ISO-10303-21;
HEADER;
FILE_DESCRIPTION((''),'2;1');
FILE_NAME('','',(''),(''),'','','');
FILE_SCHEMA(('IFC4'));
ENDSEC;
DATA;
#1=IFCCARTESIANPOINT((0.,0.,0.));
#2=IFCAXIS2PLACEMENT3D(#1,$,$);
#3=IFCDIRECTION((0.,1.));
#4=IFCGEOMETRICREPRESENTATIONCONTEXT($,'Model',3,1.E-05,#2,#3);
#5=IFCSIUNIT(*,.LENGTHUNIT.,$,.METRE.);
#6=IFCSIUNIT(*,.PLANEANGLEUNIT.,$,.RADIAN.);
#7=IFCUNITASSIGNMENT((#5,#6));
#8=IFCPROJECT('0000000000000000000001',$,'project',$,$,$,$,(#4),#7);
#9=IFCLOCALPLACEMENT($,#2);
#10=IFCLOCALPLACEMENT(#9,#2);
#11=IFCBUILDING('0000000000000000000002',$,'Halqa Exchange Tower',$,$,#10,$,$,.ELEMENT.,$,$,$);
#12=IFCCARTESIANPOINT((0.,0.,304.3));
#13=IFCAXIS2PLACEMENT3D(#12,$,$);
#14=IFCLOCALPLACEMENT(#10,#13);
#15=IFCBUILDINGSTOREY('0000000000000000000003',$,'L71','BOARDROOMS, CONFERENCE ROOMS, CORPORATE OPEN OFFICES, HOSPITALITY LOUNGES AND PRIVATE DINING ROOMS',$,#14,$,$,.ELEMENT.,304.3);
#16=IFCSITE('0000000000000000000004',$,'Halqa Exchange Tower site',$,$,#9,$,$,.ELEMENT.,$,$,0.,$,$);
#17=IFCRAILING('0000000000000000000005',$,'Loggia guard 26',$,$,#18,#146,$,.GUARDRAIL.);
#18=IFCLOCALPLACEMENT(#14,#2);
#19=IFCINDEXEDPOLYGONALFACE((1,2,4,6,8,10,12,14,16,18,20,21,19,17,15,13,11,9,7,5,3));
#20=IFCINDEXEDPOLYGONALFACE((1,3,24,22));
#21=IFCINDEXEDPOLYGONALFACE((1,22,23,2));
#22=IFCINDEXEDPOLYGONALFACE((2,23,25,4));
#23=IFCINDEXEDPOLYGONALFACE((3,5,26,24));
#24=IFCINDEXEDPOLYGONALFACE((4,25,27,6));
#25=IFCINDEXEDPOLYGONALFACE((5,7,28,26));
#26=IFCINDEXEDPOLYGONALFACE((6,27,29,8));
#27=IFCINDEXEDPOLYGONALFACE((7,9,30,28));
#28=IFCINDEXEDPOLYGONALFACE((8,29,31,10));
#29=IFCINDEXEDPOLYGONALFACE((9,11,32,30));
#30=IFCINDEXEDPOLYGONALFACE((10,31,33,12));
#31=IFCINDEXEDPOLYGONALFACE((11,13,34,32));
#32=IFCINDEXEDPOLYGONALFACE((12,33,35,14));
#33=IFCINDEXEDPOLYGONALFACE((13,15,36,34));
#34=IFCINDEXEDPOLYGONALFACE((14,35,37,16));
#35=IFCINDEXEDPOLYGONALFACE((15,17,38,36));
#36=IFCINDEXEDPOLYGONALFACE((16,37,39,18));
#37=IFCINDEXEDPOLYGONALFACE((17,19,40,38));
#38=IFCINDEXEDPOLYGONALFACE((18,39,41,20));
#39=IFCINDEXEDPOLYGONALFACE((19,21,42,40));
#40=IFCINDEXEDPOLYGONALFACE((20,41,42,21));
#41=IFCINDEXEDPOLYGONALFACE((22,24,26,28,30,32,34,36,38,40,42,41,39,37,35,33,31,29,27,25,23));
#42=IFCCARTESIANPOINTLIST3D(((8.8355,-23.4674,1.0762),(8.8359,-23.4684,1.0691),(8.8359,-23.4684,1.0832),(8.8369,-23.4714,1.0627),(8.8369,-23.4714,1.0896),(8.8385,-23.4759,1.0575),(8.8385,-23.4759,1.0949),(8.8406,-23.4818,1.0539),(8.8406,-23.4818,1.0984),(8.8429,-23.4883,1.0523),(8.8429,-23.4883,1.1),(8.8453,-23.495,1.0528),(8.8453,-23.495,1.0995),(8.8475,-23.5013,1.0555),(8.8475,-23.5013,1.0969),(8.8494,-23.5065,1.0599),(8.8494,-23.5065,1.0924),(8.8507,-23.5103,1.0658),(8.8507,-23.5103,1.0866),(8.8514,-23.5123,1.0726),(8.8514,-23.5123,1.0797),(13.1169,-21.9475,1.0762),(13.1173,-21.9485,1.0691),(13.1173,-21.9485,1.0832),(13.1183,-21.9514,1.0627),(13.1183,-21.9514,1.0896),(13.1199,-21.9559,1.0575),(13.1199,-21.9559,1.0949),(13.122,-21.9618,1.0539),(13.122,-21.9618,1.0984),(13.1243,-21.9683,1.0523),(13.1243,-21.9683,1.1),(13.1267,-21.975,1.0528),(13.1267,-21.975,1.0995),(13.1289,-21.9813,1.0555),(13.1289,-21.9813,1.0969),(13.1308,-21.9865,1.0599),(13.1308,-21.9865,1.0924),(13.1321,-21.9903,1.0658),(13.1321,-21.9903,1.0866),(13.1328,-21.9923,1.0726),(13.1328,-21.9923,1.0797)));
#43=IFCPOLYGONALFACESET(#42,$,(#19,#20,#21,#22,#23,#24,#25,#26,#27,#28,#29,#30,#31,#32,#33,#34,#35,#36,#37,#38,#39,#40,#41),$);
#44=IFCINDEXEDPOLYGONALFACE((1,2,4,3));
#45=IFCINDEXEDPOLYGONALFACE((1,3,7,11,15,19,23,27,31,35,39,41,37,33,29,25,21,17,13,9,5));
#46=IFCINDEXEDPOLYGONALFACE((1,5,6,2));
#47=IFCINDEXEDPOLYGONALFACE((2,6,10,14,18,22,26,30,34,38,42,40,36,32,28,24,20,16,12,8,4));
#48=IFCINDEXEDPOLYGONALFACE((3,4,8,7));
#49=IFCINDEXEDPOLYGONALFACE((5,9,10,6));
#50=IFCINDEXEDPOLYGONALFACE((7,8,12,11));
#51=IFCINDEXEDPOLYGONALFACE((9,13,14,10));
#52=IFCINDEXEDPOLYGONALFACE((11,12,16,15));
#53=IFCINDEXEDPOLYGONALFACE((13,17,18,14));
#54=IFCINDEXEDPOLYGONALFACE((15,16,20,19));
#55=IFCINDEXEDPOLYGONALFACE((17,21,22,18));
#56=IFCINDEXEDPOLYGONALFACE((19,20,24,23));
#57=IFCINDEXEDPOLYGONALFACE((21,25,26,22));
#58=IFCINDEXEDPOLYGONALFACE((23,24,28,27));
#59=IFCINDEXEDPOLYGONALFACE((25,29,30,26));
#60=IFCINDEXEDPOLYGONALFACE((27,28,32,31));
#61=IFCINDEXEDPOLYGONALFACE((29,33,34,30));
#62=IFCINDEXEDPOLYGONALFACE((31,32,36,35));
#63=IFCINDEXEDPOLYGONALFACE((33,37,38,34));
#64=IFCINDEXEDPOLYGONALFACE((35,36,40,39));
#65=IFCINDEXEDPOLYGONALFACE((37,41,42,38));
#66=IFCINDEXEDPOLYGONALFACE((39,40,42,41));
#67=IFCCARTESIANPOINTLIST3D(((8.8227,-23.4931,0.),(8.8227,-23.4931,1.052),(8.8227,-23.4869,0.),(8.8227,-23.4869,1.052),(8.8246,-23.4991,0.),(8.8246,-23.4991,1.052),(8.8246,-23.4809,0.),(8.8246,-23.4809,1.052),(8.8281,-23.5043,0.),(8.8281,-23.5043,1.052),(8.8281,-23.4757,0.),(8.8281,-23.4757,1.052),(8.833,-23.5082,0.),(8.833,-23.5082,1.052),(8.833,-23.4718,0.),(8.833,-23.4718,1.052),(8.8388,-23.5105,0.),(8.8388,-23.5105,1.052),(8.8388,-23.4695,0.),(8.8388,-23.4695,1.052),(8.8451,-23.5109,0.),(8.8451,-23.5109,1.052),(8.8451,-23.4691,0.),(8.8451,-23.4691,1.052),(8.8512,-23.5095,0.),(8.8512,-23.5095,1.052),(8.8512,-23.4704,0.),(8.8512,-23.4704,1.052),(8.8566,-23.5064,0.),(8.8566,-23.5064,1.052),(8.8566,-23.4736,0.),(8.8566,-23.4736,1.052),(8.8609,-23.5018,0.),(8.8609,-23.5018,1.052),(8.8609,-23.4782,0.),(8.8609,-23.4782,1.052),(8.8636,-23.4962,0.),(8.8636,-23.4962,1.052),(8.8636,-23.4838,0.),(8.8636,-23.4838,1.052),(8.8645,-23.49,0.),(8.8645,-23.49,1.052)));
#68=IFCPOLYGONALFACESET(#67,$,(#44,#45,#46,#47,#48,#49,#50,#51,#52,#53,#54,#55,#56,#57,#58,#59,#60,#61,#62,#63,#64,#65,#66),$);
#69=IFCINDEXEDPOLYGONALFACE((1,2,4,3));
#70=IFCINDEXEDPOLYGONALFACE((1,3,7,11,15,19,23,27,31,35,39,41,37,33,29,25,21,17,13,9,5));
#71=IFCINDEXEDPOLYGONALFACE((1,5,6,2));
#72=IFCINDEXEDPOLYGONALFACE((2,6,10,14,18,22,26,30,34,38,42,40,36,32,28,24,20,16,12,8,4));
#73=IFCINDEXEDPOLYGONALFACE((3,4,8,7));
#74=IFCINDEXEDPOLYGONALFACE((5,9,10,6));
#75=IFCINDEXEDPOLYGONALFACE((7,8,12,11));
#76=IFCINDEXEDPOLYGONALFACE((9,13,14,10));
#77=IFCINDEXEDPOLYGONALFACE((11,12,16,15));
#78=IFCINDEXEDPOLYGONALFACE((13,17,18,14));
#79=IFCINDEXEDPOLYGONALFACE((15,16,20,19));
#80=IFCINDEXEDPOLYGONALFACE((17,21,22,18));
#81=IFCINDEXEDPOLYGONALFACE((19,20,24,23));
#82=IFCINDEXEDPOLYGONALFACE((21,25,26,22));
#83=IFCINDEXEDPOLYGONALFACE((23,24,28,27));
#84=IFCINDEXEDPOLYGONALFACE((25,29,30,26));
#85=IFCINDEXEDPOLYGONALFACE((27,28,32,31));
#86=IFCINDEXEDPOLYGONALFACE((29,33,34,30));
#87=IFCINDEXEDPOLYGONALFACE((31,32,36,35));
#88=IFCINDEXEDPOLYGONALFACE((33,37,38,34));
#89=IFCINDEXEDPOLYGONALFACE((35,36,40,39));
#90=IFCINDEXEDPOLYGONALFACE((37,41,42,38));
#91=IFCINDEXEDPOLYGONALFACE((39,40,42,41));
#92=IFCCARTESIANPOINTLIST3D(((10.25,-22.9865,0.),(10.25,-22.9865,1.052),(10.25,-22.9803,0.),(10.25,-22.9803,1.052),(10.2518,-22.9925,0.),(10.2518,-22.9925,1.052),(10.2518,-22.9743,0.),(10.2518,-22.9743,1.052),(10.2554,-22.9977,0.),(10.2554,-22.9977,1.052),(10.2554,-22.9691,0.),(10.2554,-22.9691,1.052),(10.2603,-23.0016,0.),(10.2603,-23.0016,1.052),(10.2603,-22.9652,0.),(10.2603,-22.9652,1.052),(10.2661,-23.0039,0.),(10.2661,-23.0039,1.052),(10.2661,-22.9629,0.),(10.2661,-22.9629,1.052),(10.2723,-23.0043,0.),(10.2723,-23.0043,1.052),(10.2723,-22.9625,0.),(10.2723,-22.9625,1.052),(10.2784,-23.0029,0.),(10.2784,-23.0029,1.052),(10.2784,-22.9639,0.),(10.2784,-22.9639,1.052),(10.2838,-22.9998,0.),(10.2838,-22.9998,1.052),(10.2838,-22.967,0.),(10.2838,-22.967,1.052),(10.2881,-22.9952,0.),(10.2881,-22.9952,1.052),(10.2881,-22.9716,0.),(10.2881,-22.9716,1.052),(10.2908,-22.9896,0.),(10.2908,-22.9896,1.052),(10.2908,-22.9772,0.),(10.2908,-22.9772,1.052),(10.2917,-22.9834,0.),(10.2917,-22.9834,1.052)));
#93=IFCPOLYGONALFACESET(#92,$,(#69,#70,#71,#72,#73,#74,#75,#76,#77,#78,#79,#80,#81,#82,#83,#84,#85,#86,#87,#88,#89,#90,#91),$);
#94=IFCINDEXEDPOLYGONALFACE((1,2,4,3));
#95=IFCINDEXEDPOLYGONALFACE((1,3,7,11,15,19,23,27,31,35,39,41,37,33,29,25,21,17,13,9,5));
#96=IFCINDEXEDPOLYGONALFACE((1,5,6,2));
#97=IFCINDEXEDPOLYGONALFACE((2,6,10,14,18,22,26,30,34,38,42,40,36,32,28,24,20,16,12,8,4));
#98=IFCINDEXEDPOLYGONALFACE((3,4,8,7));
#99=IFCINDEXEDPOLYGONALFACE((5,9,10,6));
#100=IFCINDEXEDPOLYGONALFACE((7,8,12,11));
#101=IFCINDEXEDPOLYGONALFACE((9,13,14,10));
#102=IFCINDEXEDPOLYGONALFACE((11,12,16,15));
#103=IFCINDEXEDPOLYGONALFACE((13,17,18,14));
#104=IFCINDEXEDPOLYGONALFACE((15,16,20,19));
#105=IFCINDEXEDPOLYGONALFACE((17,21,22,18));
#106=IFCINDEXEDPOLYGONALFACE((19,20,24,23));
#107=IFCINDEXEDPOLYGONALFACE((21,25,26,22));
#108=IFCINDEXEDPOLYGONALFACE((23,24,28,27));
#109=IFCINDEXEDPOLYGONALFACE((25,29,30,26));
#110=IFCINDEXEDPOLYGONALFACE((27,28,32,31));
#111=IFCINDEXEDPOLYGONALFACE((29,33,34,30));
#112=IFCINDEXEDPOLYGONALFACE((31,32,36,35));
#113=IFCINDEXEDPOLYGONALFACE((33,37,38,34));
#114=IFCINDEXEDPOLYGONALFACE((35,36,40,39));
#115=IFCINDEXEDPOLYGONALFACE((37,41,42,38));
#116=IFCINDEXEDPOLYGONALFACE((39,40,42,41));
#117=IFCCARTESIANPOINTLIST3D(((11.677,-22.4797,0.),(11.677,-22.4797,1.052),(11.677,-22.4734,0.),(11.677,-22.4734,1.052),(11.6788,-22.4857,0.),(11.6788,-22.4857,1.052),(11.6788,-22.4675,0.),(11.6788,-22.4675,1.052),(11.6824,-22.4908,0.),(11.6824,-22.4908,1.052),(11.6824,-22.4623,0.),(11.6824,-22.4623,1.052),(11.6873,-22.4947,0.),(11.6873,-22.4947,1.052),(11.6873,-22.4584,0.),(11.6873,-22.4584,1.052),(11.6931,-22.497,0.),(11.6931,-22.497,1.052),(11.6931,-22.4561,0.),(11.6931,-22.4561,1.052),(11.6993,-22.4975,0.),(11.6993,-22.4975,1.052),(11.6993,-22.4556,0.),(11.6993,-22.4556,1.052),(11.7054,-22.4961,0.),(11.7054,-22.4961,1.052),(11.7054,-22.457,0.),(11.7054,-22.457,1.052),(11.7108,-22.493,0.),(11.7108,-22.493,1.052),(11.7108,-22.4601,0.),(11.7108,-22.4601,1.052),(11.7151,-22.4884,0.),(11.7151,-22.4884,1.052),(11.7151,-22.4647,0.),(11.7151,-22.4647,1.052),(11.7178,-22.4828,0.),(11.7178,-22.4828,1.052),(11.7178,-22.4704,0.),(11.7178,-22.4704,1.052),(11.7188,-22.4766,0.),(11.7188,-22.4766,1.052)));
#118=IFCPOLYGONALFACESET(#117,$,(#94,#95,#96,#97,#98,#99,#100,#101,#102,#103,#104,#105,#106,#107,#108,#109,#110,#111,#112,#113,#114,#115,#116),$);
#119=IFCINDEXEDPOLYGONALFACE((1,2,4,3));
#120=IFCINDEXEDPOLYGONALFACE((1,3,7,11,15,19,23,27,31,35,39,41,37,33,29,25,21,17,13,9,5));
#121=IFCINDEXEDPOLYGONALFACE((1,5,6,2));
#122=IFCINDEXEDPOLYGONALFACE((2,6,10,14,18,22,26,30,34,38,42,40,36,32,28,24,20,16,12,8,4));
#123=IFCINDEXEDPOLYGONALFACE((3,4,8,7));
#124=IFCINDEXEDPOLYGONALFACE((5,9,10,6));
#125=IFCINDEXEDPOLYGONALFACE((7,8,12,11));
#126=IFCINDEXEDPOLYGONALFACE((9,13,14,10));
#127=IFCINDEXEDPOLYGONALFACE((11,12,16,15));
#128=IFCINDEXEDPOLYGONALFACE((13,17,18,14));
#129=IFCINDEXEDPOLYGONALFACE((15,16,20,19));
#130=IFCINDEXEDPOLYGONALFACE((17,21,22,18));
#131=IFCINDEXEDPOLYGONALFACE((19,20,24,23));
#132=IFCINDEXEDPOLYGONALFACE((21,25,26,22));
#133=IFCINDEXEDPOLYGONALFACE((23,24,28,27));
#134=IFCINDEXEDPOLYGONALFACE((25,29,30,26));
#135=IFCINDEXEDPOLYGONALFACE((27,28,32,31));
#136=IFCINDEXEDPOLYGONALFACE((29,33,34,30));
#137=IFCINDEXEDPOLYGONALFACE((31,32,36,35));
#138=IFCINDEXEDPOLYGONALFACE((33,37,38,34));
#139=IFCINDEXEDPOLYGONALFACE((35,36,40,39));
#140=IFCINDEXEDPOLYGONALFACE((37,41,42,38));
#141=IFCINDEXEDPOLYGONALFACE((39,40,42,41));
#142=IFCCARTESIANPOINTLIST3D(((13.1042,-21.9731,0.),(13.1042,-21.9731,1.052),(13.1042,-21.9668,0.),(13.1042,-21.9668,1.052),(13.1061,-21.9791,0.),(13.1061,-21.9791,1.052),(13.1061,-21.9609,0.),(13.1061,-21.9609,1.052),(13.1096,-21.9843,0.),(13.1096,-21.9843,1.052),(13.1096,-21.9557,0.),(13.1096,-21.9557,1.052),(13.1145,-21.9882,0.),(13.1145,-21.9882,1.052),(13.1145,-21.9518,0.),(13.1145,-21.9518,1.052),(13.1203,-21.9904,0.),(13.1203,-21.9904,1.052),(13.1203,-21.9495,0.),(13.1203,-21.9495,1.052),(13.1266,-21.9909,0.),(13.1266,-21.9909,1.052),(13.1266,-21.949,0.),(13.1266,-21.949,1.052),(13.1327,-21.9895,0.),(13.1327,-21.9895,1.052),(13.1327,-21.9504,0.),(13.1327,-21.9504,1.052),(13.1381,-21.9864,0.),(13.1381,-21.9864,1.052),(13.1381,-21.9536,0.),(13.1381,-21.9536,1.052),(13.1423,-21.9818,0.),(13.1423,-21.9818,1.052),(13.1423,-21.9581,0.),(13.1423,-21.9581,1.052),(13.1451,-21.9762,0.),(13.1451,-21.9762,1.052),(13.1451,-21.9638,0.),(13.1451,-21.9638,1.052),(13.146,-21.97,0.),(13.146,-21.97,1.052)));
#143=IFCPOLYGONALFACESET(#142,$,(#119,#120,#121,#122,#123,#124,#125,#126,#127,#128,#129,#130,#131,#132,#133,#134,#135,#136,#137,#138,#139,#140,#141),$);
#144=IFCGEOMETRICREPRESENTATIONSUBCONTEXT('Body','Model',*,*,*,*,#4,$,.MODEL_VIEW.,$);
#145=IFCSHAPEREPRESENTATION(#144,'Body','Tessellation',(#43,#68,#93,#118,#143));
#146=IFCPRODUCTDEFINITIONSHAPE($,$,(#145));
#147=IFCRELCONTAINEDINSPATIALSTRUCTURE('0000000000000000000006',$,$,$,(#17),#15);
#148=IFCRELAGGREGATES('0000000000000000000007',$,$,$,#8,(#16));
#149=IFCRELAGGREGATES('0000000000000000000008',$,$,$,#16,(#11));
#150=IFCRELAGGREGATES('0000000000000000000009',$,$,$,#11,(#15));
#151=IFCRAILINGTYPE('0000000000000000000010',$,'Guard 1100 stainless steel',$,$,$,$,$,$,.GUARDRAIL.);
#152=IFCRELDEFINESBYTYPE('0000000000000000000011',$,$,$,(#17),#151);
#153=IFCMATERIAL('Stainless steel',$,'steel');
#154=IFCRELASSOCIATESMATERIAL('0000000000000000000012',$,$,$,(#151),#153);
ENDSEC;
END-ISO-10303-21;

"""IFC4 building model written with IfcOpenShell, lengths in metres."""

from ifc_helpers import new_model, si_unit, direction, frame, origin, origin_2d, place, context, subcontext, project, spatial, circle, extrude, material, type_object, element, save


model = new_model("IFC4")

# Units and contexts
model_context = context("Model", 3, precision=1e-05, world=origin(), true_north=direction((0.0, 1.0)))
body_context = subcontext(model_context, "Body", "Model", "MODEL_VIEW")
ifc_project = project(units=[si_unit("LENGTHUNIT", "METRE"), si_unit("PLANEANGLEUNIT", "RADIAN")], contexts=[model_context])

# Site, building, storey
site_placement = place(None, origin())
site = spatial("IfcSite", under=ifc_project, at=site_placement, Name="Halqa Exchange Tower site", CompositionType="ELEMENT", RefElevation=0.0)
building_placement = place(site_placement, origin())
building = spatial("IfcBuilding", under=site, at=building_placement, Name="Halqa Exchange Tower", CompositionType="ELEMENT")
storey_placement = place(building_placement, frame((0.0, 0.0, 304.3)))
storey = spatial("IfcBuildingStorey", under=building, at=storey_placement, Name="L71", Description="BOARDROOMS, CONFERENCE ROOMS, CORPORATE OPEN OFFICES, HOSPITALITY LOUNGES AND PRIVATE DINING ROOMS", CompositionType="ELEMENT", Elevation=304.3)

# Railing
ifc_material_1 = material(Name="Stainless steel", Category="steel")
railing_type = type_object("IfcRailingType", Name="Guard 1100 stainless steel", PredefinedType="GUARDRAIL", material=ifc_material_1)
railing_1_placement = place(storey_placement, frame((8.8435, -23.49, 0.0)))
element("IfcRailing", 1, at=railing_1_placement, inside=storey, type_object=railing_type, Name="Loggia guard 26", PredefinedType="GUARDRAIL", context=body_context, shape_type="SweptSolid", body=[
    extrude(circle(Radius=0.0239, at=origin_2d()), frame((0.0, 0.0, 1.0762), z_axis=(0.942374, 0.334562, 0.0), x_axis=(-0.334562, 0.942374, 0.0)), (0.0, 0.0, 1.0), 4.5432),
    extrude(circle(Radius=0.021, at=origin_2d()), origin(), (0.0, 0.0, 1.0), 1.052),
    extrude(circle(Radius=0.021, at=origin_2d()), frame((1.4272, 0.5066, 0.0)), (0.0, 0.0, 1.0), 1.052),
    extrude(circle(Radius=0.021, at=origin_2d()), frame((2.8542, 1.0134, 0.0)), (0.0, 0.0, 1.0), 1.052),
    extrude(circle(Radius=0.021, at=origin_2d()), frame((4.2815, 1.52, 0.0)), (0.0, 0.0, 1.0), 1.052),
])

save(model, "model.ifc")
